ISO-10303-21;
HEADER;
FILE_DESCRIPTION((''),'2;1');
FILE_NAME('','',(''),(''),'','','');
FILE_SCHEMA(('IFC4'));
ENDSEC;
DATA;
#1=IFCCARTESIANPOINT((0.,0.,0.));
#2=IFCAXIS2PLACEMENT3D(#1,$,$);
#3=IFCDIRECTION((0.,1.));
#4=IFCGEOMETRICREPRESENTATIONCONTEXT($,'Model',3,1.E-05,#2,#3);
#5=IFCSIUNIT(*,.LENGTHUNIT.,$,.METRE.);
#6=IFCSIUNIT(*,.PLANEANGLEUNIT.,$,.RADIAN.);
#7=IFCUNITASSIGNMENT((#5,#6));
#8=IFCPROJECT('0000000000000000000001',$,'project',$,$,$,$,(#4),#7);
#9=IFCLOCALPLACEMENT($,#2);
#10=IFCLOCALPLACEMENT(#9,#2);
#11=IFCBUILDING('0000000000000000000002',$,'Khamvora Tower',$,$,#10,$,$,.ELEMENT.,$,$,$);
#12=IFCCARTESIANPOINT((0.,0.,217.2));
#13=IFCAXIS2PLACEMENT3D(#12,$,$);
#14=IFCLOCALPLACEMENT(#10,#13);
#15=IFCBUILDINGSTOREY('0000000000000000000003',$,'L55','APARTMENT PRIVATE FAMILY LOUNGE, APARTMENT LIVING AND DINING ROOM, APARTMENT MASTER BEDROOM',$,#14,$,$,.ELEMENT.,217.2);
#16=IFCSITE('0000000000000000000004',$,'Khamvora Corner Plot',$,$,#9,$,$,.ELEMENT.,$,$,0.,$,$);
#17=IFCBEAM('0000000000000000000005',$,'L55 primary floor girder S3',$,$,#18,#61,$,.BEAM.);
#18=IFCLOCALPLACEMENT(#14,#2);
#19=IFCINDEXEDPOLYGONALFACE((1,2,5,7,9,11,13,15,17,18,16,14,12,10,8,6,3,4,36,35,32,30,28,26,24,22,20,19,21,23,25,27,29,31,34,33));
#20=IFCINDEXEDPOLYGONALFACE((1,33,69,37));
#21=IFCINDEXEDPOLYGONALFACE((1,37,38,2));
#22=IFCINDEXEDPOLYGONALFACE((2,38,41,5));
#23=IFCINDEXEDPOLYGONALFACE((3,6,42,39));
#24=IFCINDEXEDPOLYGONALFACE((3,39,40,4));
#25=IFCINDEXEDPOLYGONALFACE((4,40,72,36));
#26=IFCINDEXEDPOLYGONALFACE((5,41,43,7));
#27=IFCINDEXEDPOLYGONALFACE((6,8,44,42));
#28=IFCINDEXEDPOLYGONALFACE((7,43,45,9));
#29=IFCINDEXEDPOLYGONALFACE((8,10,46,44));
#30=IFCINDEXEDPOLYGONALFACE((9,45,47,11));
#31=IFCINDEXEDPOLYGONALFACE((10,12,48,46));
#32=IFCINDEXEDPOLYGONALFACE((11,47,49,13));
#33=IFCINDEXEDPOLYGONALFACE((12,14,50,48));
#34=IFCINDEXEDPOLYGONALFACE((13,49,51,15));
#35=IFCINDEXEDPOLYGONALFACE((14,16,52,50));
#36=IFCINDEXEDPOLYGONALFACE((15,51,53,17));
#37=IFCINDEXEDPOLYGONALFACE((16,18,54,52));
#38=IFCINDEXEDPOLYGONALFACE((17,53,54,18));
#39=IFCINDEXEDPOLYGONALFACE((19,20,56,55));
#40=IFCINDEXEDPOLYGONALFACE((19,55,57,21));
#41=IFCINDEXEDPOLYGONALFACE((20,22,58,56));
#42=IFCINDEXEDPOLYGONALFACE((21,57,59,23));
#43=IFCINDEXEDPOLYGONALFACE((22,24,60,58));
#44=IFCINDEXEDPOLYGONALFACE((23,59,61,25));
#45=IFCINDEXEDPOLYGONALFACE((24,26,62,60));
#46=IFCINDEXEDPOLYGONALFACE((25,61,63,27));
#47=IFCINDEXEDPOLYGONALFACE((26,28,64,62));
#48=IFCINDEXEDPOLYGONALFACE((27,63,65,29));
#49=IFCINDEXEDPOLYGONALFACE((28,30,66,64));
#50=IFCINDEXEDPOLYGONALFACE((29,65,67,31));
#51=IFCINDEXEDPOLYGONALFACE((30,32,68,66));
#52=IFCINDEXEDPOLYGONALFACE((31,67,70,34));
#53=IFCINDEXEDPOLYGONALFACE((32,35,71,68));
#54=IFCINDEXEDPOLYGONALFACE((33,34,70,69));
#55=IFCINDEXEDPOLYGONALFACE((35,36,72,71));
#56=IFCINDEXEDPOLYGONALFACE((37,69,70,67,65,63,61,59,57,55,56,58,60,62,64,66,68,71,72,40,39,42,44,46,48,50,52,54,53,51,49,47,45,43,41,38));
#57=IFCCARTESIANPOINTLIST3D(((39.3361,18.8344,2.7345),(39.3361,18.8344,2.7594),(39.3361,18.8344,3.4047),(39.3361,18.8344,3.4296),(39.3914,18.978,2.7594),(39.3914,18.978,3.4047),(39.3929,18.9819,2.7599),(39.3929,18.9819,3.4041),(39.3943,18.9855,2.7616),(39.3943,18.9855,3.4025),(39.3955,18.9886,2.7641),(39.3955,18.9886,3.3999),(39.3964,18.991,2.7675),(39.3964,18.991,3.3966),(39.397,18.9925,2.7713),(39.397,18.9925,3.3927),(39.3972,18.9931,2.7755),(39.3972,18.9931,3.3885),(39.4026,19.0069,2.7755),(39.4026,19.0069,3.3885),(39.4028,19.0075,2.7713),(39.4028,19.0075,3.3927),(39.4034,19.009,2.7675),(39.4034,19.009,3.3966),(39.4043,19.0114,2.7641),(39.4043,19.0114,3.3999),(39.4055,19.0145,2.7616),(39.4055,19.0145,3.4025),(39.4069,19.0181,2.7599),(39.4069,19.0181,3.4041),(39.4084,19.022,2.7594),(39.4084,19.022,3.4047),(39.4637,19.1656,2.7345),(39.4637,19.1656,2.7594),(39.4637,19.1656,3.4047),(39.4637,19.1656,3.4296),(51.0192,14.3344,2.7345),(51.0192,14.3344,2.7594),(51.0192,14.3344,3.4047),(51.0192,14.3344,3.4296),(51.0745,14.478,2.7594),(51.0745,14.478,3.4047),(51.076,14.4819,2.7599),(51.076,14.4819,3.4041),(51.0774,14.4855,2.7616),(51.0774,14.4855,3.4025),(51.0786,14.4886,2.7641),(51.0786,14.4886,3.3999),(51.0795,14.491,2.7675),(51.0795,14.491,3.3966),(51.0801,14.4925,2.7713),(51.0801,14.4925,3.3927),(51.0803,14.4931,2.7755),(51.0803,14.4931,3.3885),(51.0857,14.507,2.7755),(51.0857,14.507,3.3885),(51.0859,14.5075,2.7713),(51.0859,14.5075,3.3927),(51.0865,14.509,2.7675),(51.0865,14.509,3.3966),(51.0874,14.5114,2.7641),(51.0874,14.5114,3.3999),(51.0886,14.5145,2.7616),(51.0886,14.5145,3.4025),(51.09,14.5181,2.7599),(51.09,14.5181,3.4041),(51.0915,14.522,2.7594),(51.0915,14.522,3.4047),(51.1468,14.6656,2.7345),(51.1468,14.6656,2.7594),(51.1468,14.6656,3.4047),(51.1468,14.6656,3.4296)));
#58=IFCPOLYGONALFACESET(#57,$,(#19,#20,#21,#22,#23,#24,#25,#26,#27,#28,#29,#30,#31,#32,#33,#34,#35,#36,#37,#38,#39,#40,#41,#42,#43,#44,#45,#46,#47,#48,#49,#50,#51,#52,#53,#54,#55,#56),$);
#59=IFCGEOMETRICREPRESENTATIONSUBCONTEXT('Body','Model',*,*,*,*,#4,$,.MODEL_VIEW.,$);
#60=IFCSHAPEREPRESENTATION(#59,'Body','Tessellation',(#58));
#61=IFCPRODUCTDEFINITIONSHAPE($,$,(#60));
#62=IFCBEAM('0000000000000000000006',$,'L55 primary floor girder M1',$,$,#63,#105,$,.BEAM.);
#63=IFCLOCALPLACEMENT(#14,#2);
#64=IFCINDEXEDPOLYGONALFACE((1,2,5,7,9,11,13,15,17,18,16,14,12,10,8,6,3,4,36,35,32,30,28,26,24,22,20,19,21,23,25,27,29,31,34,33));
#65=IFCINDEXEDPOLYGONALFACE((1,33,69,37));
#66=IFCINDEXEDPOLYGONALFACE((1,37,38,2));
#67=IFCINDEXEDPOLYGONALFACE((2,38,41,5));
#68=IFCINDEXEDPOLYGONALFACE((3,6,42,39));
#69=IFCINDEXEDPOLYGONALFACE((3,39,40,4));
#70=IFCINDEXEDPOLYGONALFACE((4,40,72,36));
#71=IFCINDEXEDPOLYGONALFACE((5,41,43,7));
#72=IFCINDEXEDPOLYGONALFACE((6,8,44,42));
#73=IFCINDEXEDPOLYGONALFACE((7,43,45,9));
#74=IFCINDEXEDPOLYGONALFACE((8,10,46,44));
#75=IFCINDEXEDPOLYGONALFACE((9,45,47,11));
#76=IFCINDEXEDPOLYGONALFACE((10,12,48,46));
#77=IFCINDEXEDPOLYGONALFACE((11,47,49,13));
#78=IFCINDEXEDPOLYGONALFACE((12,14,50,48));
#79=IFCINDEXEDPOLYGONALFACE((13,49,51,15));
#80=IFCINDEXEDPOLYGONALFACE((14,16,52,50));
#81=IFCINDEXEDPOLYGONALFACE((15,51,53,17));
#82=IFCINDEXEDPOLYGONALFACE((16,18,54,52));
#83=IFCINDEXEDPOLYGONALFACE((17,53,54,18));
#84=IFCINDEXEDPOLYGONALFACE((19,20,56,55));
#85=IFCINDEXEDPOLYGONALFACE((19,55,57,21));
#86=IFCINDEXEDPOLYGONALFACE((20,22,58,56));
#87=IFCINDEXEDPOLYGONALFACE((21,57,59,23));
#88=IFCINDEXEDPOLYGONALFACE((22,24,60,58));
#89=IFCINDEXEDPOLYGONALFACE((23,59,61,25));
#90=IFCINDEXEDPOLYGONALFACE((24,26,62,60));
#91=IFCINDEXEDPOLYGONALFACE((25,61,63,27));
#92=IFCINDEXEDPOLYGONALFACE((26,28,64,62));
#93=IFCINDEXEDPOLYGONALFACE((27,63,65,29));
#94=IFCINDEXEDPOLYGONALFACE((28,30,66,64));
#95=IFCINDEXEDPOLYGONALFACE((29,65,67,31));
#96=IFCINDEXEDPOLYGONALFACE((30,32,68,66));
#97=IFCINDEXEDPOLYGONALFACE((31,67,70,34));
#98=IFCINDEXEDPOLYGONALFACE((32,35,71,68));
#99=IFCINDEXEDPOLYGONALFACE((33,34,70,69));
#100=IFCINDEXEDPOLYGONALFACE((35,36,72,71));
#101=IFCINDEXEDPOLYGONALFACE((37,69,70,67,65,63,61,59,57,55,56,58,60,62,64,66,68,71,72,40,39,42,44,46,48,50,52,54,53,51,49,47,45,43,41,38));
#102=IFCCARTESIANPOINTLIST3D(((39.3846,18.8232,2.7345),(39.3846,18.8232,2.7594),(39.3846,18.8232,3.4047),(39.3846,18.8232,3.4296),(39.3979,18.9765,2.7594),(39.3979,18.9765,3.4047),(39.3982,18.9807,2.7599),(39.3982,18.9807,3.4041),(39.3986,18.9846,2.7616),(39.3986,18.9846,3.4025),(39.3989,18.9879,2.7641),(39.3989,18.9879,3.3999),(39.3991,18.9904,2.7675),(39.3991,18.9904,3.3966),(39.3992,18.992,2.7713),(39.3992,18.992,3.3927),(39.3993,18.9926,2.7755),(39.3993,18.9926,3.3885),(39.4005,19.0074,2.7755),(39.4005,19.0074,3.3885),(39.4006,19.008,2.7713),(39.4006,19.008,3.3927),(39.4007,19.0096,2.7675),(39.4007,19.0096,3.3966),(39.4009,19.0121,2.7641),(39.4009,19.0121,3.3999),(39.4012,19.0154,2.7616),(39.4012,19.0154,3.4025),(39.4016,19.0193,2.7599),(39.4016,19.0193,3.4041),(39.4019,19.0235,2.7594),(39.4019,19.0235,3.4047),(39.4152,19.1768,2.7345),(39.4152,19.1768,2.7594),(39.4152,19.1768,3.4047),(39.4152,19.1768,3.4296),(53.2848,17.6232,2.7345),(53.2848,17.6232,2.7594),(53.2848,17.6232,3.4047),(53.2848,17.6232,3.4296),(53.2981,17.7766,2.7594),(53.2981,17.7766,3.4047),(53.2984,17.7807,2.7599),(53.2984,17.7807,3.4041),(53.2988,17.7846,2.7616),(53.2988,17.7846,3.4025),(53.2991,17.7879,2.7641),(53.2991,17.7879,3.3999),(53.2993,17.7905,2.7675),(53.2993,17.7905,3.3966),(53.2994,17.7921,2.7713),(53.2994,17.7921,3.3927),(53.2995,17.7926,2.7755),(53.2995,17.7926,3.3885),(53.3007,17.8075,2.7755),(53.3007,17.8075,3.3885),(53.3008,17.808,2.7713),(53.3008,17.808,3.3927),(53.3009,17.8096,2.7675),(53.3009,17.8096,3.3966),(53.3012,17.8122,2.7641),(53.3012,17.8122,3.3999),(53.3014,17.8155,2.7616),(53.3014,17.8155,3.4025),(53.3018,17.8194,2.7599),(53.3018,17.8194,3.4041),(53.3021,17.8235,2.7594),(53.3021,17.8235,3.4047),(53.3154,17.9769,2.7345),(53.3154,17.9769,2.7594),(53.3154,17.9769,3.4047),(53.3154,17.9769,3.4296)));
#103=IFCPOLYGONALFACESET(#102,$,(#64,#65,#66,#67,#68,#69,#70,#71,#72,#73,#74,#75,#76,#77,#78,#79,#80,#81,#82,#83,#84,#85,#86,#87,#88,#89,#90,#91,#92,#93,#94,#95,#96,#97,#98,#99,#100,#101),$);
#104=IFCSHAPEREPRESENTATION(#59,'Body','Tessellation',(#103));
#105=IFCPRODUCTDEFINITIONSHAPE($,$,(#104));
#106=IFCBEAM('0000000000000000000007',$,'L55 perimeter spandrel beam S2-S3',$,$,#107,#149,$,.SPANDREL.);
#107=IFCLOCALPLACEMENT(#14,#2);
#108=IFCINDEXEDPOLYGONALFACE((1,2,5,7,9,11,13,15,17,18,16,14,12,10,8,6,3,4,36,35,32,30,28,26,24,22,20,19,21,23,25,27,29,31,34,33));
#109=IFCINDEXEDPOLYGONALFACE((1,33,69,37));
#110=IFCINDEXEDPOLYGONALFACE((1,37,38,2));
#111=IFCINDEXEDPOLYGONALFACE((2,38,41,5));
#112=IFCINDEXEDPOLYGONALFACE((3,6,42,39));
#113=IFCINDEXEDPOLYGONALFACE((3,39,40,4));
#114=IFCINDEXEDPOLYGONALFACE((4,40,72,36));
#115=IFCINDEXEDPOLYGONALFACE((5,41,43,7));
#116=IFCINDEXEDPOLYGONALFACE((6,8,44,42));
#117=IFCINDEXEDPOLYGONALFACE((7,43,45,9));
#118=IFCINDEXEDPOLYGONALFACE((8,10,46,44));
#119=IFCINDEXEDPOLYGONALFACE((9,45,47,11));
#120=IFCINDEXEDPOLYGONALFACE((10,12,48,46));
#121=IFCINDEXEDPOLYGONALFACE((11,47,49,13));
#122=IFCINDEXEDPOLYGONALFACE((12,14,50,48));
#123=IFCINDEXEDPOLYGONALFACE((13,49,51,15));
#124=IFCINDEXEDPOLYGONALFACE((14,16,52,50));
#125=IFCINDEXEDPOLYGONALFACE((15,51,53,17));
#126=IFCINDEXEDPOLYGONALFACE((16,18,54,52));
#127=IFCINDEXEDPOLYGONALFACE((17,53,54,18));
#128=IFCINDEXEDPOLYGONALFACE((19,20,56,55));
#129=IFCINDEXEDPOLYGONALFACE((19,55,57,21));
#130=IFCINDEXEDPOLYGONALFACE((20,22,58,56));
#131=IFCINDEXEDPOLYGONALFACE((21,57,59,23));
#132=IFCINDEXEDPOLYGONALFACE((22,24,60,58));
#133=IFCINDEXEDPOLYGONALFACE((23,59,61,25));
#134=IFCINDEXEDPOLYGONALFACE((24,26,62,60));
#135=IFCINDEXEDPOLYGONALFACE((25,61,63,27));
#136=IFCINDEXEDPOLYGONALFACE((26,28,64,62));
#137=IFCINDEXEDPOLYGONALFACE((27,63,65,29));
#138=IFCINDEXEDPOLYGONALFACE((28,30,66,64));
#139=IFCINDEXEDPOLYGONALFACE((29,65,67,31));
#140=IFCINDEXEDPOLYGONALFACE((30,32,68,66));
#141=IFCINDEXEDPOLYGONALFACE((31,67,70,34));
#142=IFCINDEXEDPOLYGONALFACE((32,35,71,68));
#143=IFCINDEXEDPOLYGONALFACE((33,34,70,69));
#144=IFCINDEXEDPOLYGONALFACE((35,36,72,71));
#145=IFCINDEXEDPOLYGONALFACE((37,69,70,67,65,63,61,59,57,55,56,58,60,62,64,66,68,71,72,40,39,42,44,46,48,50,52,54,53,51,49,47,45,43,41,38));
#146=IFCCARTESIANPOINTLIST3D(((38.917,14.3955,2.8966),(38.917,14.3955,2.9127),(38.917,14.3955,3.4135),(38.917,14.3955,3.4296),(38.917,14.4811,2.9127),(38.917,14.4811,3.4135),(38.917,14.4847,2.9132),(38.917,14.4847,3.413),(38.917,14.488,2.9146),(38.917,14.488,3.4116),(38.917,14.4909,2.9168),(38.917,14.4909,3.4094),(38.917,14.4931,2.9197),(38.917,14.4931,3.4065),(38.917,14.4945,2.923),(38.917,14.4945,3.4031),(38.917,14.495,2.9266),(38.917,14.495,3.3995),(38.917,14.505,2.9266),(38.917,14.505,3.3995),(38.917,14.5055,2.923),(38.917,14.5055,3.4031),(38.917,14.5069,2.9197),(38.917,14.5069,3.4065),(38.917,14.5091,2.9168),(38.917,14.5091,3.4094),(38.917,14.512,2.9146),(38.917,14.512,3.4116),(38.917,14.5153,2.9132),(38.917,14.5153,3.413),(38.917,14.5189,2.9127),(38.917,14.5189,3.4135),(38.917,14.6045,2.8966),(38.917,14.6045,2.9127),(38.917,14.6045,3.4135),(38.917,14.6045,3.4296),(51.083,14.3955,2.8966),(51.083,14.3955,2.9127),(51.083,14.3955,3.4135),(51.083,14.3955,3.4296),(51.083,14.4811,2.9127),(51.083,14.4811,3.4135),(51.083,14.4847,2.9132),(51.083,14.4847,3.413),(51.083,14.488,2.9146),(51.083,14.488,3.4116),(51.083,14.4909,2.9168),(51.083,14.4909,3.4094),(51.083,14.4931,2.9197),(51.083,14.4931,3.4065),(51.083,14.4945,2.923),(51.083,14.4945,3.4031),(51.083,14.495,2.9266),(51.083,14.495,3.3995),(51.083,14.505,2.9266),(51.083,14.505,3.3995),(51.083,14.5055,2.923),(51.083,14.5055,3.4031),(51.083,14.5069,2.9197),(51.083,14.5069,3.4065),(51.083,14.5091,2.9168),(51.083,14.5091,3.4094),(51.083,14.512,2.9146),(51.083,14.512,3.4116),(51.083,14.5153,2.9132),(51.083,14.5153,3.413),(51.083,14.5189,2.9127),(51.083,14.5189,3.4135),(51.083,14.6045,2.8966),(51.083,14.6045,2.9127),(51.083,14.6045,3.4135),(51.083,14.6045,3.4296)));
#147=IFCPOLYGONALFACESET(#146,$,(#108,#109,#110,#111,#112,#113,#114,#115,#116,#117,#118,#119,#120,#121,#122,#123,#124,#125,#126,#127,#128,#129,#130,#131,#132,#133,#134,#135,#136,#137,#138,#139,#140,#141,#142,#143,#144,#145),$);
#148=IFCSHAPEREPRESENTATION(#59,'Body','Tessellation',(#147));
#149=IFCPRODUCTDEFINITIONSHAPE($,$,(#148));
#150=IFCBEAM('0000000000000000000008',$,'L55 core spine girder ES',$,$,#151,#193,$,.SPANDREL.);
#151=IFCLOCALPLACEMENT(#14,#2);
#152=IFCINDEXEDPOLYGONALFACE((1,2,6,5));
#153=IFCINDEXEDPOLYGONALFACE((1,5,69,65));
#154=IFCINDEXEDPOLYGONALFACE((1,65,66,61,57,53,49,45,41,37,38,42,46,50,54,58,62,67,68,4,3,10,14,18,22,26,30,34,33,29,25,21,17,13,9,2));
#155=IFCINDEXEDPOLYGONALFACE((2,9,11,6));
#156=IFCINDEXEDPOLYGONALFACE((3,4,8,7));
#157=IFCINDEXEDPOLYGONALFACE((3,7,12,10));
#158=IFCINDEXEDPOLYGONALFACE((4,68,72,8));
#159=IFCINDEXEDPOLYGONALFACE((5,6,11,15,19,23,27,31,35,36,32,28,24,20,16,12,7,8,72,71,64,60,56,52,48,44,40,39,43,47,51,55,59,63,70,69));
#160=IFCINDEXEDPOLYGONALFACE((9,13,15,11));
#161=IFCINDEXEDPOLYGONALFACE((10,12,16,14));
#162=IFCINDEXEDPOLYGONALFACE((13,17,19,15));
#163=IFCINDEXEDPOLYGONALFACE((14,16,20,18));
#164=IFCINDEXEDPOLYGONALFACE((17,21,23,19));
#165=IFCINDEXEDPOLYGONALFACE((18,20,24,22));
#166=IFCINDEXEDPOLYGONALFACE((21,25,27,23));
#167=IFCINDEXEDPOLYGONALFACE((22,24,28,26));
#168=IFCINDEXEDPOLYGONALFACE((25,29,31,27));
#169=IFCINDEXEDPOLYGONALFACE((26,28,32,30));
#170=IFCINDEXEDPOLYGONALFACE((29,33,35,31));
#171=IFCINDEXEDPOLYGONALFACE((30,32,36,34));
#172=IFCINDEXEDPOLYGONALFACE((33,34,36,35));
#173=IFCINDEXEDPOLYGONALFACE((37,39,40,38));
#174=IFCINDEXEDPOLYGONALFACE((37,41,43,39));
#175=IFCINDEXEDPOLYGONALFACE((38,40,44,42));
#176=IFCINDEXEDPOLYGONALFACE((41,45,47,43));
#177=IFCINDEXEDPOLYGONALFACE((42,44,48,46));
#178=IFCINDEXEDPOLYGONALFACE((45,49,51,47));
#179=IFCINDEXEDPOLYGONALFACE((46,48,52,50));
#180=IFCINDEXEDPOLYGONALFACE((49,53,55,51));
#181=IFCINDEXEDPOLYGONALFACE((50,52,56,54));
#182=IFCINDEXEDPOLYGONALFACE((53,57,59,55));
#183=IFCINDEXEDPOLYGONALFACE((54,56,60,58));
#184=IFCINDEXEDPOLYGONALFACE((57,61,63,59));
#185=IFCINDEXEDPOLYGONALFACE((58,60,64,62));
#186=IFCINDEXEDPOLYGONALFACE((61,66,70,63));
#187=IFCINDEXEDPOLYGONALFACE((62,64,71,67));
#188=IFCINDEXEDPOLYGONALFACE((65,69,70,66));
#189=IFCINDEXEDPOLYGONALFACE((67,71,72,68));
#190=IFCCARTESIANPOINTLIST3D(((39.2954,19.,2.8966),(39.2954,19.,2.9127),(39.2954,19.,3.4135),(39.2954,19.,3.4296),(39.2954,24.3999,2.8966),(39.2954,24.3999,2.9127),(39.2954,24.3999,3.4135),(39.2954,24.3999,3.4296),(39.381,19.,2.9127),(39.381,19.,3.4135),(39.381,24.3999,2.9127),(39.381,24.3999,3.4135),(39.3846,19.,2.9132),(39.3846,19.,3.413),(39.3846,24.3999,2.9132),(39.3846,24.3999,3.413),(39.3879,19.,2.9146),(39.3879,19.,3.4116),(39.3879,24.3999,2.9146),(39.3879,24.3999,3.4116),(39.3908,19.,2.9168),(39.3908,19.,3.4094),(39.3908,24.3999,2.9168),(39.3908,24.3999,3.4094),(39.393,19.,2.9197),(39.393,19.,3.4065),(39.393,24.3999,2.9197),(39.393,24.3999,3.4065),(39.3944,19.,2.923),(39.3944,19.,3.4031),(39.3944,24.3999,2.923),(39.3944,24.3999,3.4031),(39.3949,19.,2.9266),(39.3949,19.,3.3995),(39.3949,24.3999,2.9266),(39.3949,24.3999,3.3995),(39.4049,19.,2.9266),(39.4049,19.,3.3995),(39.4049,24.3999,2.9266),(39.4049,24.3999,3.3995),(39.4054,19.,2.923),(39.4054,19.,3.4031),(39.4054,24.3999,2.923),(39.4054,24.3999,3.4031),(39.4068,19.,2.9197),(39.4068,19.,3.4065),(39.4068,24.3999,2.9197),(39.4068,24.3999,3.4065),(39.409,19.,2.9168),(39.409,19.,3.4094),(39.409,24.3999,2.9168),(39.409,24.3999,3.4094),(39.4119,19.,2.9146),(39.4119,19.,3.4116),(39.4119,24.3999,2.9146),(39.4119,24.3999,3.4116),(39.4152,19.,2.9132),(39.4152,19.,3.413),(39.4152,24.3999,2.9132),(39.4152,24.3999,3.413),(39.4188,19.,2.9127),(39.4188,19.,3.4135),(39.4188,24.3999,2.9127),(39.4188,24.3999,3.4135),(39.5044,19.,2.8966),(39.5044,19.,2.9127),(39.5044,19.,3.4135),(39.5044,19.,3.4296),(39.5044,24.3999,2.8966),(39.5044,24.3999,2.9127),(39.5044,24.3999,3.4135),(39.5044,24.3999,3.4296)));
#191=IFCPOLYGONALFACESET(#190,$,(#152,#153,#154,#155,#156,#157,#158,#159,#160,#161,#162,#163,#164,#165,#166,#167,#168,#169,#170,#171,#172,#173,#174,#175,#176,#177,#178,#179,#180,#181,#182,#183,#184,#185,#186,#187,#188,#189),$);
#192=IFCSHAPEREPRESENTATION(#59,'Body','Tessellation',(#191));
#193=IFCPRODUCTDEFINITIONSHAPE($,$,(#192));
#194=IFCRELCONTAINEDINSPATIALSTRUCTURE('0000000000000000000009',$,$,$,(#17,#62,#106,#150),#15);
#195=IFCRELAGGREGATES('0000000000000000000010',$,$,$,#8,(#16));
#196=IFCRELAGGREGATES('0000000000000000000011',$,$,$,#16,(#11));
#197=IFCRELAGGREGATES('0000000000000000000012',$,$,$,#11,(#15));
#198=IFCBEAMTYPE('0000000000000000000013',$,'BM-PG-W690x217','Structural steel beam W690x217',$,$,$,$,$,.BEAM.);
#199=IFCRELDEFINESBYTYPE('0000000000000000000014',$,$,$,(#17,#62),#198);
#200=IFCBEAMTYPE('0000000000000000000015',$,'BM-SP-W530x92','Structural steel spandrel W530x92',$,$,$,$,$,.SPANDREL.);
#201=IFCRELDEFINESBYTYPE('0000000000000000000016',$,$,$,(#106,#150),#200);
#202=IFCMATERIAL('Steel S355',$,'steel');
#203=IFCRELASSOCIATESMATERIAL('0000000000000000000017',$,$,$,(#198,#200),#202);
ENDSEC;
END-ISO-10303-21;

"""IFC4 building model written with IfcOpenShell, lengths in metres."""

from ifc_helpers import new_model, si_unit, direction, frame, origin, origin_2d, place, context, subcontext, project, spatial, i_section, extrude, material, material_profile, profile_set, type_object, element, save


model = new_model("IFC4")

# Units and contexts
model_context = context("Model", 3, precision=1e-05, world=origin(), true_north=direction((0.0, 1.0)))
body_context = subcontext(model_context, "Body", "Model", "MODEL_VIEW")
ifc_project = project(units=[si_unit("LENGTHUNIT", "METRE"), si_unit("PLANEANGLEUNIT", "RADIAN")], contexts=[model_context])

# Site, building, storey
site_placement = place(None, origin())
site = spatial("IfcSite", under=ifc_project, at=site_placement, Name="Khamvora Corner Plot", CompositionType="ELEMENT", RefElevation=0.0)
building_placement = place(site_placement, origin())
building = spatial("IfcBuilding", under=site, at=building_placement, Name="Khamvora Tower", CompositionType="ELEMENT")
storey_placement = place(building_placement, frame((0.0, 0.0, 217.2)))
storey = spatial("IfcBuildingStorey", under=building, at=storey_placement, Name="L55", Description="APARTMENT PRIVATE FAMILY LOUNGE, APARTMENT LIVING AND DINING ROOM, APARTMENT MASTER BEDROOM", CompositionType="ELEMENT", Elevation=217.2)

# Shared definitions
ifc_material_1 = material(Name="Steel S355", Category="steel")

# Beams
ifc_material_profile_1 = material_profile(ifc_material_1, i_section(OverallWidth=0.355, OverallDepth=0.6951, WebThickness=0.0149, FlangeThickness=0.0249, FilletRadius=0.0161, at=origin_2d()), Name="W690x217")
ifc_profile_set_1 = profile_set([ifc_material_profile_1], Name="Steel S355")
beam_type_1 = type_object("IfcBeamType", Name="BM-PG-W690x217", Description="Structural steel beam W690x217", PredefinedType="BEAM", material=ifc_profile_set_1)
beam_1_placement = place(storey_placement, frame((39.3999, 19.0, 3.082), z_axis=(0.933172, -0.359431, 0.0), x_axis=(0.359431, 0.933172, 0.0)))
element("IfcBeam", 1, at=beam_1_placement, inside=storey, type_object=beam_type_1, Name="L55 primary floor girder S3", PredefinedType="BEAM", context=body_context, shape_type="SweptSolid", body=[
    extrude(i_section(OverallWidth=0.355, OverallDepth=0.6951, WebThickness=0.0149, FlangeThickness=0.0249, FilletRadius=0.0161, at=origin_2d()), origin(), (0.0, 0.0, 1.0), 12.5198),
])
beam_2_placement = place(storey_placement, frame((39.3999, 19.0, 3.082), z_axis=(0.996295, -0.086007, 0.0), x_axis=(0.086007, 0.996295, 0.0)))
element("IfcBeam", 2, at=beam_2_placement, inside=storey, type_object=beam_type_1, Name="L55 primary floor girder M1", PredefinedType="BEAM", context=body_context, shape_type="SweptSolid", body=[
    extrude(i_section(OverallWidth=0.355, OverallDepth=0.6951, WebThickness=0.0149, FlangeThickness=0.0249, FilletRadius=0.0161, at=origin_2d()), origin(), (0.0, 0.0, 1.0), 13.9519),
])
ifc_material_profile_2 = material_profile(ifc_material_1, i_section(OverallWidth=0.209, OverallDepth=0.533, WebThickness=0.01, FlangeThickness=0.0161, FilletRadius=0.0139, at=origin_2d()), Name="W530x92")
ifc_profile_set_2 = profile_set([ifc_material_profile_2], Name="Steel S355")
beam_type_2 = type_object("IfcBeamType", Name="BM-SP-W530x92", Description="Structural steel spandrel W530x92", PredefinedType="SPANDREL", material=ifc_profile_set_2)
beam_3_placement = place(storey_placement, frame((38.917, 14.5, 3.1631), z_axis=(1.0, 0.0, 0.0), x_axis=(0.0, 1.0, 0.0)))
element("IfcBeam", 3, at=beam_3_placement, inside=storey, type_object=beam_type_2, Name="L55 perimeter spandrel beam S2-S3", PredefinedType="SPANDREL", context=body_context, shape_type="SweptSolid", body=[
    extrude(i_section(OverallWidth=0.209, OverallDepth=0.533, WebThickness=0.01, FlangeThickness=0.0161, FilletRadius=0.0139, at=origin_2d()), origin(), (0.0, 0.0, 1.0), 12.166),
])
beam_4_placement = place(storey_placement, frame((39.3999, 19.0, 3.1631), z_axis=(0.0, 1.0, 0.0), x_axis=(-1.0, 0.0, 0.0)))
element("IfcBeam", 4, at=beam_4_placement, inside=storey, type_object=beam_type_2, Name="L55 core spine girder ES", PredefinedType="SPANDREL", context=body_context, shape_type="SweptSolid", body=[
    extrude(i_section(OverallWidth=0.209, OverallDepth=0.533, WebThickness=0.01, FlangeThickness=0.0161, FilletRadius=0.0139, at=origin_2d()), origin(), (0.0, 0.0, 1.0), 5.3999),
])

save(model, "model.ifc")
